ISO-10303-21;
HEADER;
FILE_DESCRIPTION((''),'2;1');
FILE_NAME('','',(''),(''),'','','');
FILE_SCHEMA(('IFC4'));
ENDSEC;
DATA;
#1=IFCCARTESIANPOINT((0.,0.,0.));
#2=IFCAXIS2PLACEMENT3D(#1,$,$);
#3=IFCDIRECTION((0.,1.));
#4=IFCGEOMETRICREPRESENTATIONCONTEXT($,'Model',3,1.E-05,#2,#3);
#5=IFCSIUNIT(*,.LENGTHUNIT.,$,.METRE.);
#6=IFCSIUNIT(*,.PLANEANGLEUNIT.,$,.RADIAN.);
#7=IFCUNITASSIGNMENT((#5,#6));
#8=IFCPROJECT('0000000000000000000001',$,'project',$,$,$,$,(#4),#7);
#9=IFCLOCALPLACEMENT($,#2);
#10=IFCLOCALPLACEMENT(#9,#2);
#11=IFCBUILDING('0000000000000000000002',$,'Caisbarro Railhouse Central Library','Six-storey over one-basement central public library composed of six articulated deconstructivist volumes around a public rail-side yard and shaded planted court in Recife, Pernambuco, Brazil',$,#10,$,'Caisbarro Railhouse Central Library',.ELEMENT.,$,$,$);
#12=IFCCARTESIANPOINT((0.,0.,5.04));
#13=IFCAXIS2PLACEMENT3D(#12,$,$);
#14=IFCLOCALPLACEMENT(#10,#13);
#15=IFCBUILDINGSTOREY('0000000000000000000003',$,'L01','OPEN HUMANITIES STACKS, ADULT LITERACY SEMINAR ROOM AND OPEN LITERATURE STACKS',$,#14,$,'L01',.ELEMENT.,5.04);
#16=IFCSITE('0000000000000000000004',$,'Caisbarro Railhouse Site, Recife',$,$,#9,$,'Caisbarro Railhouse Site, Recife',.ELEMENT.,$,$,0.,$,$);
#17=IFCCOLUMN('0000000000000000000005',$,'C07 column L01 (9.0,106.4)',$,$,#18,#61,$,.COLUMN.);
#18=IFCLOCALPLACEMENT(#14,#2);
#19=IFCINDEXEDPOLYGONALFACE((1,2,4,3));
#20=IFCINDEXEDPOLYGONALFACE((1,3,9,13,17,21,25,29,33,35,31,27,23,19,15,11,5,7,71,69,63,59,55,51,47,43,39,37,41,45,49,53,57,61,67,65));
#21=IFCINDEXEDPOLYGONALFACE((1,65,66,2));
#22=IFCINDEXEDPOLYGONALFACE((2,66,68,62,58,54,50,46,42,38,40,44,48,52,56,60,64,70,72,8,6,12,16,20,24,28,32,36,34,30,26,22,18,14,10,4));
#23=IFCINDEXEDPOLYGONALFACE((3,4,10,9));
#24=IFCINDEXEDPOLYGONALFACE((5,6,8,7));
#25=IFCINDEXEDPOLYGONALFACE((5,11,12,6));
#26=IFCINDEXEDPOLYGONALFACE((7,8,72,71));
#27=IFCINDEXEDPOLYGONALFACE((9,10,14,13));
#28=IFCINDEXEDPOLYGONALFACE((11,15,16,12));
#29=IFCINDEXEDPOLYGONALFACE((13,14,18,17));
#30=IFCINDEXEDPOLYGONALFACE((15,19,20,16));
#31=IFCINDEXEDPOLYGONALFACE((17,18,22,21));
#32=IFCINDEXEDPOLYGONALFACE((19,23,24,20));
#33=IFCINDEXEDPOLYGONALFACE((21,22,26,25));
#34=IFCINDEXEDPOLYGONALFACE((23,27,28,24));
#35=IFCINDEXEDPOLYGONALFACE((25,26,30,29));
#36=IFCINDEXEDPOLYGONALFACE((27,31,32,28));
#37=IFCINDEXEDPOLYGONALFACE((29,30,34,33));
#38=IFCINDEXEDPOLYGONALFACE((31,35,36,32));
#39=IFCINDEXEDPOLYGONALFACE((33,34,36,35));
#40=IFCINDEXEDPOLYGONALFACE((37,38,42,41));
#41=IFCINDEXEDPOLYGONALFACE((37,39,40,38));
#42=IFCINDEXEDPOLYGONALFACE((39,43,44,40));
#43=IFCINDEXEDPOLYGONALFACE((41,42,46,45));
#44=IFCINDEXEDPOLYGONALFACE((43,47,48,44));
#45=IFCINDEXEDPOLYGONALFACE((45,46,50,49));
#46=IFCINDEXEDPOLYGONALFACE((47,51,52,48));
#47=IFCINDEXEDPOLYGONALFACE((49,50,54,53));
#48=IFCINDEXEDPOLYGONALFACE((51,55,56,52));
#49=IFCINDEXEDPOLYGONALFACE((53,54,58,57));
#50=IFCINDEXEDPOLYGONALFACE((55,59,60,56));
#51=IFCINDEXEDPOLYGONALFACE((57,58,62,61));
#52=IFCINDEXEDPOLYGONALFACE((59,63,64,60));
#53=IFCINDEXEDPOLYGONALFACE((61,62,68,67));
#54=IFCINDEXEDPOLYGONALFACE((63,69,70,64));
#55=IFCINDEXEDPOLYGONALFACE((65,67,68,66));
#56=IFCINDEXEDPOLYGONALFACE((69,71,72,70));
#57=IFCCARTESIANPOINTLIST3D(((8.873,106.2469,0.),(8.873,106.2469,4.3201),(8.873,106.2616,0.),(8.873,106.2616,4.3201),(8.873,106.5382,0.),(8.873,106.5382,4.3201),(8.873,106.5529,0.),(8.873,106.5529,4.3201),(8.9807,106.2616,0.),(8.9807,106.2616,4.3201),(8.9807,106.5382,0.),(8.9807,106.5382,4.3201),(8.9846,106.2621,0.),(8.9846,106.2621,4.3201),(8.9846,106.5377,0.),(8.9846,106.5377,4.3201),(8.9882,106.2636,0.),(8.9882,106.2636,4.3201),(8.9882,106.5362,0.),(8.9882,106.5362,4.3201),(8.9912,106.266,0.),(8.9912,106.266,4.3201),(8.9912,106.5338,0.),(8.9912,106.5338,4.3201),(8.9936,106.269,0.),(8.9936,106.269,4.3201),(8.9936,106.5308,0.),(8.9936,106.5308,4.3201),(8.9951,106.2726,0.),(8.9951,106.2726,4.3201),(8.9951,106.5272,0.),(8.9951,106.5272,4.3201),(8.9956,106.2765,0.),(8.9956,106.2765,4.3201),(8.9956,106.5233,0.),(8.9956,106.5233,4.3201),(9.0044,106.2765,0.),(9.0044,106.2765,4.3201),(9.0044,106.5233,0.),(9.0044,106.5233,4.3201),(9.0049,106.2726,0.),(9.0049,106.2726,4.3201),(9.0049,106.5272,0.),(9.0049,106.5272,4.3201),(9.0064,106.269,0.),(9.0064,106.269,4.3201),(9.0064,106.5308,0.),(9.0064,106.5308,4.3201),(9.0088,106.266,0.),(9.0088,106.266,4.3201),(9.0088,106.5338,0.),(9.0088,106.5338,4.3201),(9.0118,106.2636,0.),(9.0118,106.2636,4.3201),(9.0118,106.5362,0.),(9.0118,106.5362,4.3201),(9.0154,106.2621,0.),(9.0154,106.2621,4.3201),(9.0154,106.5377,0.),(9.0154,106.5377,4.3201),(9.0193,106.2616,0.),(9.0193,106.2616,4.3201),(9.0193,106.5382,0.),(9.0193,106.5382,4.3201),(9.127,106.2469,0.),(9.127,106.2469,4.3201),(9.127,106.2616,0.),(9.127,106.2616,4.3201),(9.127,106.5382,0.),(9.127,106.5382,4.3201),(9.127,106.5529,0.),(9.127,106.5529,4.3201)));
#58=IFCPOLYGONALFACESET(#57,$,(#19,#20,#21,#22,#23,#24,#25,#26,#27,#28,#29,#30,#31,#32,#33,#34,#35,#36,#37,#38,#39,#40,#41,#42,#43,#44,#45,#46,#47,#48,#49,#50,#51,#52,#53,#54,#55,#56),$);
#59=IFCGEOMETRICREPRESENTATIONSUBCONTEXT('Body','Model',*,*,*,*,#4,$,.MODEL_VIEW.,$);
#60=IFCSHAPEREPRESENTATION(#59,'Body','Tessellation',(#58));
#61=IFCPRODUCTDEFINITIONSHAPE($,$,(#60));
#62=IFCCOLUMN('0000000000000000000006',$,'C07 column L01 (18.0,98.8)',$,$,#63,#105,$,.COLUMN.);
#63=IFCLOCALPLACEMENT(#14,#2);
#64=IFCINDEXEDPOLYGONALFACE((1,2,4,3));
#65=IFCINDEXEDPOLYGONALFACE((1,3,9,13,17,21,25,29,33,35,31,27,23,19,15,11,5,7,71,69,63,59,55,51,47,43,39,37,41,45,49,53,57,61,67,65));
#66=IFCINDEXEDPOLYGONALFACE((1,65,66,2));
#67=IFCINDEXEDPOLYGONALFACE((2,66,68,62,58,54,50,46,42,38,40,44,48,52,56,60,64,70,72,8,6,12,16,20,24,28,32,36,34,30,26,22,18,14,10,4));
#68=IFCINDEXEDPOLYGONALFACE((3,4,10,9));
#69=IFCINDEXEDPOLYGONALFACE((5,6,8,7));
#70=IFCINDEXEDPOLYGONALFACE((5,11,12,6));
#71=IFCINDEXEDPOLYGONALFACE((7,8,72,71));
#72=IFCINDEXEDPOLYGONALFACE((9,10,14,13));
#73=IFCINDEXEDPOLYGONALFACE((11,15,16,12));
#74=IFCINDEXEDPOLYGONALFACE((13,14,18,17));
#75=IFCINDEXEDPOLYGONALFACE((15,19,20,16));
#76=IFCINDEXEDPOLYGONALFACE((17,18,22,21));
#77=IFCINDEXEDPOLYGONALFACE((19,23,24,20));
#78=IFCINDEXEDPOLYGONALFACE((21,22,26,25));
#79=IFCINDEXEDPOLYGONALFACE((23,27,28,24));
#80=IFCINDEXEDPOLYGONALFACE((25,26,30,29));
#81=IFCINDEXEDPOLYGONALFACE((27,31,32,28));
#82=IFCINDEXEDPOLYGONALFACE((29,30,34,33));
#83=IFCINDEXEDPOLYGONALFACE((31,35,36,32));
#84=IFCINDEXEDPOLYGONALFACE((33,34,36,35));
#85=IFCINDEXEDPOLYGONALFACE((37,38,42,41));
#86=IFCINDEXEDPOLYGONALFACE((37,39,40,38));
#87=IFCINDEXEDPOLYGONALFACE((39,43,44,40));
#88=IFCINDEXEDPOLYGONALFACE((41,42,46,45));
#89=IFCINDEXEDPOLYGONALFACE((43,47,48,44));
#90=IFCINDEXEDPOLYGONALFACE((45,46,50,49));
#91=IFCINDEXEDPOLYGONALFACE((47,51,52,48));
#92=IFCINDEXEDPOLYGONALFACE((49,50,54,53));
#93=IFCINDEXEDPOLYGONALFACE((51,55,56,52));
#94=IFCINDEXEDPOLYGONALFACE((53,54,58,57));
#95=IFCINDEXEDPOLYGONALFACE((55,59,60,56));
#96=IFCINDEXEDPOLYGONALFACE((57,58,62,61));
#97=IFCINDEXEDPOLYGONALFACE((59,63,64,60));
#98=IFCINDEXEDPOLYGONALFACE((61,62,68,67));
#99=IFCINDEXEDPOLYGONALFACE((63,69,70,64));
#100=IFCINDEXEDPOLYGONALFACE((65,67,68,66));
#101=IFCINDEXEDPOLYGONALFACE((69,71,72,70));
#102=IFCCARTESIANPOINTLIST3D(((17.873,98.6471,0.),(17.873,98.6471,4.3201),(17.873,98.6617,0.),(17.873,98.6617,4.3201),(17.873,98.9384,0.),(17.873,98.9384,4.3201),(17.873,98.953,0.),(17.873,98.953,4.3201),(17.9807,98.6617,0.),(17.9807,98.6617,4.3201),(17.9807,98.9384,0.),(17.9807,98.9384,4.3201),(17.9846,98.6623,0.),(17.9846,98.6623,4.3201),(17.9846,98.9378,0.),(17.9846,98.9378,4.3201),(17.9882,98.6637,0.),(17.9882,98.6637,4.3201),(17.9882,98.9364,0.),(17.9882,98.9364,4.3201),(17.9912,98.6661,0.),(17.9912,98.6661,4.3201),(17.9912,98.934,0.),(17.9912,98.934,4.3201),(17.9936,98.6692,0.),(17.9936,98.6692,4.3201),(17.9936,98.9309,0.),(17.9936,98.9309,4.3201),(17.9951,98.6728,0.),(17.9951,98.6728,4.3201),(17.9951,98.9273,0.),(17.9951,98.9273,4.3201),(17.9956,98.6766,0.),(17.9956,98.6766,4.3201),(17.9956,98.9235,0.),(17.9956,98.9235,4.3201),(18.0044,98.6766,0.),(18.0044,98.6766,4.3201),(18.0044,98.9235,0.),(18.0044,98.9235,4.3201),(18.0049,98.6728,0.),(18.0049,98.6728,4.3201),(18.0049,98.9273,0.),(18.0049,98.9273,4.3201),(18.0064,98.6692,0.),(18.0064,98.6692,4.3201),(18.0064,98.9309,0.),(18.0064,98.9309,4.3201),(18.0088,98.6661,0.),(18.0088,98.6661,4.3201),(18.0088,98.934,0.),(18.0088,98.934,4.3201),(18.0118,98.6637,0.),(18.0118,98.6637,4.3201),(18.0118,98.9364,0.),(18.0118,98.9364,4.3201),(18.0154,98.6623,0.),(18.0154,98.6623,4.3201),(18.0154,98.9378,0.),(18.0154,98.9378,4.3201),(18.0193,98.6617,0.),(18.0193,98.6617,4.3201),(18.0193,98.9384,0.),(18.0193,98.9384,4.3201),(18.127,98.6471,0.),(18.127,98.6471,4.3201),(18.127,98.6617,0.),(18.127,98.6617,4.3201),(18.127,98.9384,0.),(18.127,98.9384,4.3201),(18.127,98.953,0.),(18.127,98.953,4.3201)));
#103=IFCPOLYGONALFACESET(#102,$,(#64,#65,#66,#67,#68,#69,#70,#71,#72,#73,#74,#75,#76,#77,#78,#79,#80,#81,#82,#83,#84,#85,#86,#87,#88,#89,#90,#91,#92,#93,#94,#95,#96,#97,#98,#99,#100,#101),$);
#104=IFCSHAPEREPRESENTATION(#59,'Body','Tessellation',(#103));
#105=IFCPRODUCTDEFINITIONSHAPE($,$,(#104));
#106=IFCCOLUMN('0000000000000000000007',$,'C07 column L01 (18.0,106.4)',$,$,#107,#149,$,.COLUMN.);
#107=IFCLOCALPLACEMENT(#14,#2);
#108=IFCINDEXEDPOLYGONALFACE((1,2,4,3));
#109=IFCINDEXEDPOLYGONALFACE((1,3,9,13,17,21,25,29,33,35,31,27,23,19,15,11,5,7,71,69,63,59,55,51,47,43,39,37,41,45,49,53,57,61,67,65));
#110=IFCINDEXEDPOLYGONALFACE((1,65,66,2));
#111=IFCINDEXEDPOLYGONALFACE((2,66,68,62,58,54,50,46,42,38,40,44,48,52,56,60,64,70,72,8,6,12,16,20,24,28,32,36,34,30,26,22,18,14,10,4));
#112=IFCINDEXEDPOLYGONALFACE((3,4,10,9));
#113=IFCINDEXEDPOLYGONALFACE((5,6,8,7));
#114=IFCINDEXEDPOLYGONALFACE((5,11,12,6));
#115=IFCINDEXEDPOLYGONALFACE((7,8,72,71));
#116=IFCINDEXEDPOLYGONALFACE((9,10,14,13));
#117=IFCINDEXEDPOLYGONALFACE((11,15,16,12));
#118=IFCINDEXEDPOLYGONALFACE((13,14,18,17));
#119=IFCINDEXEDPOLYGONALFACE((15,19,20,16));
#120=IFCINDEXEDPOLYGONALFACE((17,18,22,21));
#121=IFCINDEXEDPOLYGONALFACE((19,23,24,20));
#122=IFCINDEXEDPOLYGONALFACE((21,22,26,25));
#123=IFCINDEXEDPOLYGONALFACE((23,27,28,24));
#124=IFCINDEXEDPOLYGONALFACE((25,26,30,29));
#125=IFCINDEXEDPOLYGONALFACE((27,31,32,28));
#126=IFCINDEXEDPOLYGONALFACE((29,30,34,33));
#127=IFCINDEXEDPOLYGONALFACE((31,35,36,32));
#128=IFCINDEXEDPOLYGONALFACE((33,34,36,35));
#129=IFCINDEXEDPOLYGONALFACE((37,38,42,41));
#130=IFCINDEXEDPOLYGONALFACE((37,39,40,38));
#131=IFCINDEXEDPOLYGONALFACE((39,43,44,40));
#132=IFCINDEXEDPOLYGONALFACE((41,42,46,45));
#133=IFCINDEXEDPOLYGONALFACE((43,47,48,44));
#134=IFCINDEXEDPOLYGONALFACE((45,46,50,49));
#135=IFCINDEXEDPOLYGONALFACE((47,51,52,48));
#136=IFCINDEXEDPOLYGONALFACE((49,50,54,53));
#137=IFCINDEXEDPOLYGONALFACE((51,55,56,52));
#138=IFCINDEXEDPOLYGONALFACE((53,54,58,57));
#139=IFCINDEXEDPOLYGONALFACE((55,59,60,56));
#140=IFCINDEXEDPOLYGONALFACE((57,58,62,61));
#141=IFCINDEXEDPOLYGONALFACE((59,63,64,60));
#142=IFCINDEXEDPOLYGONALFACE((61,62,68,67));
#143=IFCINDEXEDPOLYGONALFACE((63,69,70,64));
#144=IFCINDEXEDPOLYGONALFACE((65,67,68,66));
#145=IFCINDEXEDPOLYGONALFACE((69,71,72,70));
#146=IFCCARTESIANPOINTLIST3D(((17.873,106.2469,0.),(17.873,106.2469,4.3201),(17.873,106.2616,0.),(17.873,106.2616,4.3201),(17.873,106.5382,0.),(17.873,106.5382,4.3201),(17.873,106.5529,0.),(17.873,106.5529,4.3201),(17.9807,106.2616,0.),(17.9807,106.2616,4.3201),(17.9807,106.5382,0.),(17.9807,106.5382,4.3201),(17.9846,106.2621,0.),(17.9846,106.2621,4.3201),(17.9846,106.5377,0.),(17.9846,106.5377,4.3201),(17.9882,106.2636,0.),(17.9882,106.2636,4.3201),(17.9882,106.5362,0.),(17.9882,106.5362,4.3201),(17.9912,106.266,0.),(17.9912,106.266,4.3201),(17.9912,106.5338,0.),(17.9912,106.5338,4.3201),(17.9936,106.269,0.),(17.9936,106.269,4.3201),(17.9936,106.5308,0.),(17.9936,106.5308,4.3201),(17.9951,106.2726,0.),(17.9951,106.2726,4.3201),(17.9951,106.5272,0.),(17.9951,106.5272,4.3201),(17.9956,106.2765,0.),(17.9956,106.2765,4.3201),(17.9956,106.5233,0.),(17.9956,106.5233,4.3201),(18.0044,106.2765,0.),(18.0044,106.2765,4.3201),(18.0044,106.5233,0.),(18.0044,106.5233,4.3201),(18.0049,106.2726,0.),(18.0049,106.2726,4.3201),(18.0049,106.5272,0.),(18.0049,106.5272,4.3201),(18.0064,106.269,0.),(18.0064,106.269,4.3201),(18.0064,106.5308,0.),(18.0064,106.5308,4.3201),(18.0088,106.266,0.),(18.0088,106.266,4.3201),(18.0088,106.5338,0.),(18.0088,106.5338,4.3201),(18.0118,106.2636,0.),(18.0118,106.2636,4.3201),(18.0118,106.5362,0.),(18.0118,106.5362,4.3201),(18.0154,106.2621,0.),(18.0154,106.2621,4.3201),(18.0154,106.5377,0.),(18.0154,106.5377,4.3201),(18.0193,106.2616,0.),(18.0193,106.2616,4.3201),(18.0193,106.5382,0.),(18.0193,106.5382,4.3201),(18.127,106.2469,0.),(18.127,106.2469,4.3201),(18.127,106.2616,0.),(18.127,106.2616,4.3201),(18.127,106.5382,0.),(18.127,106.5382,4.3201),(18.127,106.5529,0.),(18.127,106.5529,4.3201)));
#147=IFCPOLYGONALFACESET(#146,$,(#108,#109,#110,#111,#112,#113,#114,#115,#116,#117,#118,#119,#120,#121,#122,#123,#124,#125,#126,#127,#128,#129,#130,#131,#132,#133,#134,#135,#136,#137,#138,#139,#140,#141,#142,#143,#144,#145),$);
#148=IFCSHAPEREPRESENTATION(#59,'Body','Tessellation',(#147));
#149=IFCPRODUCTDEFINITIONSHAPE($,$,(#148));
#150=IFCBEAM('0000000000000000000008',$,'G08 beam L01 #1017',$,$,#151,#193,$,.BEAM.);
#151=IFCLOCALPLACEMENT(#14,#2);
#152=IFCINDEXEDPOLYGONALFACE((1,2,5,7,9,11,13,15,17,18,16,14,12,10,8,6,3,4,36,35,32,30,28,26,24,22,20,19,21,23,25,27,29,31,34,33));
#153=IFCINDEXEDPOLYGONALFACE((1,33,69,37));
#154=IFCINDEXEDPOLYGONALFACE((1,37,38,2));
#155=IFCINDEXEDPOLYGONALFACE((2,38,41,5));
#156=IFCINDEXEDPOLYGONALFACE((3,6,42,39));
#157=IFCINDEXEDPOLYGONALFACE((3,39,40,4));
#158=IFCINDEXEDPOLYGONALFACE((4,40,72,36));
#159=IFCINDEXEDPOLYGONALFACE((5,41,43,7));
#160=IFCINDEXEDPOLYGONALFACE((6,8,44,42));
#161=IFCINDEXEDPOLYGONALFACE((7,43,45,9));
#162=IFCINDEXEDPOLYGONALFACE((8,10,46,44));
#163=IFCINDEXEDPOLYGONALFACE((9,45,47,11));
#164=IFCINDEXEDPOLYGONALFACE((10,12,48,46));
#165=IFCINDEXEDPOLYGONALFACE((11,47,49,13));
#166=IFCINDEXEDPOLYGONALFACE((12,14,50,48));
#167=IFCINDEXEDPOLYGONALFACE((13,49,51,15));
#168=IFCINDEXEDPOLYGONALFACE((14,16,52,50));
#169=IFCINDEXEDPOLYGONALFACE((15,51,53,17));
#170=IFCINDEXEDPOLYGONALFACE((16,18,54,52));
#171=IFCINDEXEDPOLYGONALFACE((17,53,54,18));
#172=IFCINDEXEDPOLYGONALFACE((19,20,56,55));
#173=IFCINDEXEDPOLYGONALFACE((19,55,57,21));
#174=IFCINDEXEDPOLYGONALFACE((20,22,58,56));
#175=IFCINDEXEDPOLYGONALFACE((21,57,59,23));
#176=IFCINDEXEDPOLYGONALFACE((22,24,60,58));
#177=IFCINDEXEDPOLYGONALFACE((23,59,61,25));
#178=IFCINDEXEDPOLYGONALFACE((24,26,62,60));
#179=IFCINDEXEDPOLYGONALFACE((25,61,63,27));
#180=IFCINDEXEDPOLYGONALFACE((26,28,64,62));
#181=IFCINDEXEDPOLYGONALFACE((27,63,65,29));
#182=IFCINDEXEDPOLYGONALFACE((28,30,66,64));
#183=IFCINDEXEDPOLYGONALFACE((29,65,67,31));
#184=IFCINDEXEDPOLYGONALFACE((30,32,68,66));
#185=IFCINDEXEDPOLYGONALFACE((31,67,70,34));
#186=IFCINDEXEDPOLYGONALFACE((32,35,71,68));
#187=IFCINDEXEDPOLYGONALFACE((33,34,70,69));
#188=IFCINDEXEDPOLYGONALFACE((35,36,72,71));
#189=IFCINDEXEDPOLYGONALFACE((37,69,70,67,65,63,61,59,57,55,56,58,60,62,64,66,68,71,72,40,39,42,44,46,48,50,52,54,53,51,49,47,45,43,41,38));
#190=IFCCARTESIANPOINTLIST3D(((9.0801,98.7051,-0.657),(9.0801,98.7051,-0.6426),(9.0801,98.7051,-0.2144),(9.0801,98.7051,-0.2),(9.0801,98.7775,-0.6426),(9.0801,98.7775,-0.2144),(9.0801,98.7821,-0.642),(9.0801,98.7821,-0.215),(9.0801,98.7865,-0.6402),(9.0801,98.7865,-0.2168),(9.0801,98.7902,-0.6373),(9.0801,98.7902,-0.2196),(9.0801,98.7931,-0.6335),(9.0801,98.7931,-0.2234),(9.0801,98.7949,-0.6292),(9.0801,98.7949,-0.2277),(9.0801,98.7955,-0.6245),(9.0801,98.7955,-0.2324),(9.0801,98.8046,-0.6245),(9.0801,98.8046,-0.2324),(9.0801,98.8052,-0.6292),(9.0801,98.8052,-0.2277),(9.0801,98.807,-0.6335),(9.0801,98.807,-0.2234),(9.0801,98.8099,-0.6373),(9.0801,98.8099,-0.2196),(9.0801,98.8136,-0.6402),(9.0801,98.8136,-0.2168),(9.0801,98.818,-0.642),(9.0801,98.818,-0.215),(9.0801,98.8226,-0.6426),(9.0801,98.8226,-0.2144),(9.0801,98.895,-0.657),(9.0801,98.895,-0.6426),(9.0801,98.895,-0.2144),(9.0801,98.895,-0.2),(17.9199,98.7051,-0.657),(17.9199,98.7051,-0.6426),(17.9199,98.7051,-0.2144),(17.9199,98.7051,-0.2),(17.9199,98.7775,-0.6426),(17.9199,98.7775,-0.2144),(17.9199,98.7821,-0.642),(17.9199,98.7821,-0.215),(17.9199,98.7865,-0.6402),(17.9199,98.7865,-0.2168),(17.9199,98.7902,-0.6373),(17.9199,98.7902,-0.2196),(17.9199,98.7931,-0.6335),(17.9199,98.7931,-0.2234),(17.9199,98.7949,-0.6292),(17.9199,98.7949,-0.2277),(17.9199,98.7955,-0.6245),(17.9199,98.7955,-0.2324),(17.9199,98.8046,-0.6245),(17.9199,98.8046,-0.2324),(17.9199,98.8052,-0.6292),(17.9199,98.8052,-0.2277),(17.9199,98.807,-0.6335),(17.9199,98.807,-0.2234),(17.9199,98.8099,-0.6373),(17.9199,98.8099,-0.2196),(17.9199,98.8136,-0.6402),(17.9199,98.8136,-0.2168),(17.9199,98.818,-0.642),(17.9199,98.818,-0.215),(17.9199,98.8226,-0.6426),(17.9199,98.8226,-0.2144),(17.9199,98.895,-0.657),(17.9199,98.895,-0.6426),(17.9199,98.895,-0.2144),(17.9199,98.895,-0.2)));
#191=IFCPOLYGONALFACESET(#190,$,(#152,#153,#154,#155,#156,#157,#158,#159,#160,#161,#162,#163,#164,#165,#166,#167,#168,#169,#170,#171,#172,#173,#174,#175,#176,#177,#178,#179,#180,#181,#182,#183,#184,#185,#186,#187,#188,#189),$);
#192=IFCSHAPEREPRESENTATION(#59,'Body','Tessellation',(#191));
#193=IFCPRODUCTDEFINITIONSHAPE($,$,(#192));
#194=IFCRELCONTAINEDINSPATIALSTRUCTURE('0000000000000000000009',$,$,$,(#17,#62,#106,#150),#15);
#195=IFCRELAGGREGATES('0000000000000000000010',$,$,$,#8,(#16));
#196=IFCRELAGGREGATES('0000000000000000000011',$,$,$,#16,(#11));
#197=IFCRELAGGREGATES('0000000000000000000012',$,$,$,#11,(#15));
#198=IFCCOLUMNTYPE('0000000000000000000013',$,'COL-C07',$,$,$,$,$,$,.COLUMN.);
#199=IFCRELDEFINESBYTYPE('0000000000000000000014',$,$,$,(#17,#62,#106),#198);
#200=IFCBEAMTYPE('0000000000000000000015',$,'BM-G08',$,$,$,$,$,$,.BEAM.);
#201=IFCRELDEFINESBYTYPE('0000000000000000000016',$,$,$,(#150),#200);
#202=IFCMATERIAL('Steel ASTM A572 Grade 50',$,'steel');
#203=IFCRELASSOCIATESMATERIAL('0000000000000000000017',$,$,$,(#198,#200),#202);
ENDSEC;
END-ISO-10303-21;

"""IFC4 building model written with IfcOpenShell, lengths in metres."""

from ifc_helpers import new_model, si_unit, direction, frame, origin, origin_2d, place, context, subcontext, project, spatial, i_section, extrude, material, material_profile, profile_set, type_object, element, save


model = new_model("IFC4")

# Units and contexts
model_context = context("Model", 3, precision=1e-05, world=origin(), true_north=direction((0.0, 1.0)))
body_context = subcontext(model_context, "Body", "Model", "MODEL_VIEW")
ifc_project = project(units=[si_unit("LENGTHUNIT", "METRE"), si_unit("PLANEANGLEUNIT", "RADIAN")], contexts=[model_context])

# Site, building, storey
site_placement = place(None, origin())
site = spatial("IfcSite", under=ifc_project, at=site_placement, Name="Caisbarro Railhouse Site, Recife", LongName="Caisbarro Railhouse Site, Recife", CompositionType="ELEMENT", RefElevation=0.0)
building_placement = place(site_placement, origin())
building = spatial("IfcBuilding", under=site, at=building_placement, Name="Caisbarro Railhouse Central Library", Description="Six-storey over one-basement central public library composed of six articulated deconstructivist volumes around a public rail-side yard and shaded planted court in Recife, Pernambuco, Brazil", LongName="Caisbarro Railhouse Central Library", CompositionType="ELEMENT")
storey_placement = place(building_placement, frame((0.0, 0.0, 5.04)))
storey = spatial("IfcBuildingStorey", under=building, at=storey_placement, Name="L01", Description="OPEN HUMANITIES STACKS, ADULT LITERACY SEMINAR ROOM AND OPEN LITERATURE STACKS", LongName="L01", CompositionType="ELEMENT", Elevation=5.04)

# Columns
ifc_material_1 = material(Name="Steel ASTM A572 Grade 50", Category="steel")
ifc_material_profile_1 = material_profile(ifc_material_1, i_section(OverallWidth=0.2539, OverallDepth=0.3059, WebThickness=0.0088, FlangeThickness=0.0146, FilletRadius=0.0149, at=origin_2d()), Name="W310X79.0")
ifc_profile_set_1 = profile_set([ifc_material_profile_1], Name="Steel ASTM A572 Grade 50")
column_type = type_object("IfcColumnType", Name="COL-C07", PredefinedType="COLUMN", material=ifc_profile_set_1)
for number, where, z_axis, x_axis, name in (
    (1, (9.0, 106.3999, 0.0), (0.0, 0.0, 1.0), (1.0, 0.0, 0.0), "C07 column L01 (9.0,106.4)"),
    (2, (18.0, 98.8, 0.0), (0.0, 0.0, 1.0), (1.0, 0.0, 0.0), "C07 column L01 (18.0,98.8)"),
    (3, (18.0, 106.3999, 0.0), (0.0, 0.0, 1.0), (1.0, 0.0, 0.0), "C07 column L01 (18.0,106.4)"),
):
    element("IfcColumn", number, at=place(storey_placement, frame(where, z_axis=z_axis, x_axis=x_axis)), inside=storey, type_object=column_type, Name=name, PredefinedType="COLUMN", context=body_context, shape_type="SweptSolid", body=[
        extrude(i_section(OverallWidth=0.2539, OverallDepth=0.3059, WebThickness=0.0088, FlangeThickness=0.0146, FilletRadius=0.0149, at=origin_2d()), origin(), (0.0, 0.0, 1.0), 4.3201),
    ])

# Beam
ifc_material_profile_2 = material_profile(ifc_material_1, i_section(OverallWidth=0.1899, OverallDepth=0.457, WebThickness=0.009, FlangeThickness=0.0144, FilletRadius=0.0181, at=origin_2d()), Name="W460X74.0")
ifc_profile_set_2 = profile_set([ifc_material_profile_2], Name="Steel ASTM A572 Grade 50")
beam_type_1 = type_object("IfcBeamType", Name="BM-G08", PredefinedType="BEAM", material=ifc_profile_set_2)
for number, where, z_axis, x_axis, name in (
    (4, (9.0801, 98.8, -0.4285), (1.0, 0.0, 0.0), (0.0, 1.0, 0.0), "G08 beam L01 #1017"),
):
    element("IfcBeam", number, at=place(storey_placement, frame(where, z_axis=z_axis, x_axis=x_axis)), inside=storey, type_object=beam_type_1, Name=name, PredefinedType="BEAM", context=body_context, shape_type="SweptSolid", body=[
        extrude(i_section(OverallWidth=0.1899, OverallDepth=0.457, WebThickness=0.009, FlangeThickness=0.0144, FilletRadius=0.0181, at=origin_2d()), origin(), (0.0, 0.0, 1.0), 8.8398),
    ])

save(model, "model.ifc")
